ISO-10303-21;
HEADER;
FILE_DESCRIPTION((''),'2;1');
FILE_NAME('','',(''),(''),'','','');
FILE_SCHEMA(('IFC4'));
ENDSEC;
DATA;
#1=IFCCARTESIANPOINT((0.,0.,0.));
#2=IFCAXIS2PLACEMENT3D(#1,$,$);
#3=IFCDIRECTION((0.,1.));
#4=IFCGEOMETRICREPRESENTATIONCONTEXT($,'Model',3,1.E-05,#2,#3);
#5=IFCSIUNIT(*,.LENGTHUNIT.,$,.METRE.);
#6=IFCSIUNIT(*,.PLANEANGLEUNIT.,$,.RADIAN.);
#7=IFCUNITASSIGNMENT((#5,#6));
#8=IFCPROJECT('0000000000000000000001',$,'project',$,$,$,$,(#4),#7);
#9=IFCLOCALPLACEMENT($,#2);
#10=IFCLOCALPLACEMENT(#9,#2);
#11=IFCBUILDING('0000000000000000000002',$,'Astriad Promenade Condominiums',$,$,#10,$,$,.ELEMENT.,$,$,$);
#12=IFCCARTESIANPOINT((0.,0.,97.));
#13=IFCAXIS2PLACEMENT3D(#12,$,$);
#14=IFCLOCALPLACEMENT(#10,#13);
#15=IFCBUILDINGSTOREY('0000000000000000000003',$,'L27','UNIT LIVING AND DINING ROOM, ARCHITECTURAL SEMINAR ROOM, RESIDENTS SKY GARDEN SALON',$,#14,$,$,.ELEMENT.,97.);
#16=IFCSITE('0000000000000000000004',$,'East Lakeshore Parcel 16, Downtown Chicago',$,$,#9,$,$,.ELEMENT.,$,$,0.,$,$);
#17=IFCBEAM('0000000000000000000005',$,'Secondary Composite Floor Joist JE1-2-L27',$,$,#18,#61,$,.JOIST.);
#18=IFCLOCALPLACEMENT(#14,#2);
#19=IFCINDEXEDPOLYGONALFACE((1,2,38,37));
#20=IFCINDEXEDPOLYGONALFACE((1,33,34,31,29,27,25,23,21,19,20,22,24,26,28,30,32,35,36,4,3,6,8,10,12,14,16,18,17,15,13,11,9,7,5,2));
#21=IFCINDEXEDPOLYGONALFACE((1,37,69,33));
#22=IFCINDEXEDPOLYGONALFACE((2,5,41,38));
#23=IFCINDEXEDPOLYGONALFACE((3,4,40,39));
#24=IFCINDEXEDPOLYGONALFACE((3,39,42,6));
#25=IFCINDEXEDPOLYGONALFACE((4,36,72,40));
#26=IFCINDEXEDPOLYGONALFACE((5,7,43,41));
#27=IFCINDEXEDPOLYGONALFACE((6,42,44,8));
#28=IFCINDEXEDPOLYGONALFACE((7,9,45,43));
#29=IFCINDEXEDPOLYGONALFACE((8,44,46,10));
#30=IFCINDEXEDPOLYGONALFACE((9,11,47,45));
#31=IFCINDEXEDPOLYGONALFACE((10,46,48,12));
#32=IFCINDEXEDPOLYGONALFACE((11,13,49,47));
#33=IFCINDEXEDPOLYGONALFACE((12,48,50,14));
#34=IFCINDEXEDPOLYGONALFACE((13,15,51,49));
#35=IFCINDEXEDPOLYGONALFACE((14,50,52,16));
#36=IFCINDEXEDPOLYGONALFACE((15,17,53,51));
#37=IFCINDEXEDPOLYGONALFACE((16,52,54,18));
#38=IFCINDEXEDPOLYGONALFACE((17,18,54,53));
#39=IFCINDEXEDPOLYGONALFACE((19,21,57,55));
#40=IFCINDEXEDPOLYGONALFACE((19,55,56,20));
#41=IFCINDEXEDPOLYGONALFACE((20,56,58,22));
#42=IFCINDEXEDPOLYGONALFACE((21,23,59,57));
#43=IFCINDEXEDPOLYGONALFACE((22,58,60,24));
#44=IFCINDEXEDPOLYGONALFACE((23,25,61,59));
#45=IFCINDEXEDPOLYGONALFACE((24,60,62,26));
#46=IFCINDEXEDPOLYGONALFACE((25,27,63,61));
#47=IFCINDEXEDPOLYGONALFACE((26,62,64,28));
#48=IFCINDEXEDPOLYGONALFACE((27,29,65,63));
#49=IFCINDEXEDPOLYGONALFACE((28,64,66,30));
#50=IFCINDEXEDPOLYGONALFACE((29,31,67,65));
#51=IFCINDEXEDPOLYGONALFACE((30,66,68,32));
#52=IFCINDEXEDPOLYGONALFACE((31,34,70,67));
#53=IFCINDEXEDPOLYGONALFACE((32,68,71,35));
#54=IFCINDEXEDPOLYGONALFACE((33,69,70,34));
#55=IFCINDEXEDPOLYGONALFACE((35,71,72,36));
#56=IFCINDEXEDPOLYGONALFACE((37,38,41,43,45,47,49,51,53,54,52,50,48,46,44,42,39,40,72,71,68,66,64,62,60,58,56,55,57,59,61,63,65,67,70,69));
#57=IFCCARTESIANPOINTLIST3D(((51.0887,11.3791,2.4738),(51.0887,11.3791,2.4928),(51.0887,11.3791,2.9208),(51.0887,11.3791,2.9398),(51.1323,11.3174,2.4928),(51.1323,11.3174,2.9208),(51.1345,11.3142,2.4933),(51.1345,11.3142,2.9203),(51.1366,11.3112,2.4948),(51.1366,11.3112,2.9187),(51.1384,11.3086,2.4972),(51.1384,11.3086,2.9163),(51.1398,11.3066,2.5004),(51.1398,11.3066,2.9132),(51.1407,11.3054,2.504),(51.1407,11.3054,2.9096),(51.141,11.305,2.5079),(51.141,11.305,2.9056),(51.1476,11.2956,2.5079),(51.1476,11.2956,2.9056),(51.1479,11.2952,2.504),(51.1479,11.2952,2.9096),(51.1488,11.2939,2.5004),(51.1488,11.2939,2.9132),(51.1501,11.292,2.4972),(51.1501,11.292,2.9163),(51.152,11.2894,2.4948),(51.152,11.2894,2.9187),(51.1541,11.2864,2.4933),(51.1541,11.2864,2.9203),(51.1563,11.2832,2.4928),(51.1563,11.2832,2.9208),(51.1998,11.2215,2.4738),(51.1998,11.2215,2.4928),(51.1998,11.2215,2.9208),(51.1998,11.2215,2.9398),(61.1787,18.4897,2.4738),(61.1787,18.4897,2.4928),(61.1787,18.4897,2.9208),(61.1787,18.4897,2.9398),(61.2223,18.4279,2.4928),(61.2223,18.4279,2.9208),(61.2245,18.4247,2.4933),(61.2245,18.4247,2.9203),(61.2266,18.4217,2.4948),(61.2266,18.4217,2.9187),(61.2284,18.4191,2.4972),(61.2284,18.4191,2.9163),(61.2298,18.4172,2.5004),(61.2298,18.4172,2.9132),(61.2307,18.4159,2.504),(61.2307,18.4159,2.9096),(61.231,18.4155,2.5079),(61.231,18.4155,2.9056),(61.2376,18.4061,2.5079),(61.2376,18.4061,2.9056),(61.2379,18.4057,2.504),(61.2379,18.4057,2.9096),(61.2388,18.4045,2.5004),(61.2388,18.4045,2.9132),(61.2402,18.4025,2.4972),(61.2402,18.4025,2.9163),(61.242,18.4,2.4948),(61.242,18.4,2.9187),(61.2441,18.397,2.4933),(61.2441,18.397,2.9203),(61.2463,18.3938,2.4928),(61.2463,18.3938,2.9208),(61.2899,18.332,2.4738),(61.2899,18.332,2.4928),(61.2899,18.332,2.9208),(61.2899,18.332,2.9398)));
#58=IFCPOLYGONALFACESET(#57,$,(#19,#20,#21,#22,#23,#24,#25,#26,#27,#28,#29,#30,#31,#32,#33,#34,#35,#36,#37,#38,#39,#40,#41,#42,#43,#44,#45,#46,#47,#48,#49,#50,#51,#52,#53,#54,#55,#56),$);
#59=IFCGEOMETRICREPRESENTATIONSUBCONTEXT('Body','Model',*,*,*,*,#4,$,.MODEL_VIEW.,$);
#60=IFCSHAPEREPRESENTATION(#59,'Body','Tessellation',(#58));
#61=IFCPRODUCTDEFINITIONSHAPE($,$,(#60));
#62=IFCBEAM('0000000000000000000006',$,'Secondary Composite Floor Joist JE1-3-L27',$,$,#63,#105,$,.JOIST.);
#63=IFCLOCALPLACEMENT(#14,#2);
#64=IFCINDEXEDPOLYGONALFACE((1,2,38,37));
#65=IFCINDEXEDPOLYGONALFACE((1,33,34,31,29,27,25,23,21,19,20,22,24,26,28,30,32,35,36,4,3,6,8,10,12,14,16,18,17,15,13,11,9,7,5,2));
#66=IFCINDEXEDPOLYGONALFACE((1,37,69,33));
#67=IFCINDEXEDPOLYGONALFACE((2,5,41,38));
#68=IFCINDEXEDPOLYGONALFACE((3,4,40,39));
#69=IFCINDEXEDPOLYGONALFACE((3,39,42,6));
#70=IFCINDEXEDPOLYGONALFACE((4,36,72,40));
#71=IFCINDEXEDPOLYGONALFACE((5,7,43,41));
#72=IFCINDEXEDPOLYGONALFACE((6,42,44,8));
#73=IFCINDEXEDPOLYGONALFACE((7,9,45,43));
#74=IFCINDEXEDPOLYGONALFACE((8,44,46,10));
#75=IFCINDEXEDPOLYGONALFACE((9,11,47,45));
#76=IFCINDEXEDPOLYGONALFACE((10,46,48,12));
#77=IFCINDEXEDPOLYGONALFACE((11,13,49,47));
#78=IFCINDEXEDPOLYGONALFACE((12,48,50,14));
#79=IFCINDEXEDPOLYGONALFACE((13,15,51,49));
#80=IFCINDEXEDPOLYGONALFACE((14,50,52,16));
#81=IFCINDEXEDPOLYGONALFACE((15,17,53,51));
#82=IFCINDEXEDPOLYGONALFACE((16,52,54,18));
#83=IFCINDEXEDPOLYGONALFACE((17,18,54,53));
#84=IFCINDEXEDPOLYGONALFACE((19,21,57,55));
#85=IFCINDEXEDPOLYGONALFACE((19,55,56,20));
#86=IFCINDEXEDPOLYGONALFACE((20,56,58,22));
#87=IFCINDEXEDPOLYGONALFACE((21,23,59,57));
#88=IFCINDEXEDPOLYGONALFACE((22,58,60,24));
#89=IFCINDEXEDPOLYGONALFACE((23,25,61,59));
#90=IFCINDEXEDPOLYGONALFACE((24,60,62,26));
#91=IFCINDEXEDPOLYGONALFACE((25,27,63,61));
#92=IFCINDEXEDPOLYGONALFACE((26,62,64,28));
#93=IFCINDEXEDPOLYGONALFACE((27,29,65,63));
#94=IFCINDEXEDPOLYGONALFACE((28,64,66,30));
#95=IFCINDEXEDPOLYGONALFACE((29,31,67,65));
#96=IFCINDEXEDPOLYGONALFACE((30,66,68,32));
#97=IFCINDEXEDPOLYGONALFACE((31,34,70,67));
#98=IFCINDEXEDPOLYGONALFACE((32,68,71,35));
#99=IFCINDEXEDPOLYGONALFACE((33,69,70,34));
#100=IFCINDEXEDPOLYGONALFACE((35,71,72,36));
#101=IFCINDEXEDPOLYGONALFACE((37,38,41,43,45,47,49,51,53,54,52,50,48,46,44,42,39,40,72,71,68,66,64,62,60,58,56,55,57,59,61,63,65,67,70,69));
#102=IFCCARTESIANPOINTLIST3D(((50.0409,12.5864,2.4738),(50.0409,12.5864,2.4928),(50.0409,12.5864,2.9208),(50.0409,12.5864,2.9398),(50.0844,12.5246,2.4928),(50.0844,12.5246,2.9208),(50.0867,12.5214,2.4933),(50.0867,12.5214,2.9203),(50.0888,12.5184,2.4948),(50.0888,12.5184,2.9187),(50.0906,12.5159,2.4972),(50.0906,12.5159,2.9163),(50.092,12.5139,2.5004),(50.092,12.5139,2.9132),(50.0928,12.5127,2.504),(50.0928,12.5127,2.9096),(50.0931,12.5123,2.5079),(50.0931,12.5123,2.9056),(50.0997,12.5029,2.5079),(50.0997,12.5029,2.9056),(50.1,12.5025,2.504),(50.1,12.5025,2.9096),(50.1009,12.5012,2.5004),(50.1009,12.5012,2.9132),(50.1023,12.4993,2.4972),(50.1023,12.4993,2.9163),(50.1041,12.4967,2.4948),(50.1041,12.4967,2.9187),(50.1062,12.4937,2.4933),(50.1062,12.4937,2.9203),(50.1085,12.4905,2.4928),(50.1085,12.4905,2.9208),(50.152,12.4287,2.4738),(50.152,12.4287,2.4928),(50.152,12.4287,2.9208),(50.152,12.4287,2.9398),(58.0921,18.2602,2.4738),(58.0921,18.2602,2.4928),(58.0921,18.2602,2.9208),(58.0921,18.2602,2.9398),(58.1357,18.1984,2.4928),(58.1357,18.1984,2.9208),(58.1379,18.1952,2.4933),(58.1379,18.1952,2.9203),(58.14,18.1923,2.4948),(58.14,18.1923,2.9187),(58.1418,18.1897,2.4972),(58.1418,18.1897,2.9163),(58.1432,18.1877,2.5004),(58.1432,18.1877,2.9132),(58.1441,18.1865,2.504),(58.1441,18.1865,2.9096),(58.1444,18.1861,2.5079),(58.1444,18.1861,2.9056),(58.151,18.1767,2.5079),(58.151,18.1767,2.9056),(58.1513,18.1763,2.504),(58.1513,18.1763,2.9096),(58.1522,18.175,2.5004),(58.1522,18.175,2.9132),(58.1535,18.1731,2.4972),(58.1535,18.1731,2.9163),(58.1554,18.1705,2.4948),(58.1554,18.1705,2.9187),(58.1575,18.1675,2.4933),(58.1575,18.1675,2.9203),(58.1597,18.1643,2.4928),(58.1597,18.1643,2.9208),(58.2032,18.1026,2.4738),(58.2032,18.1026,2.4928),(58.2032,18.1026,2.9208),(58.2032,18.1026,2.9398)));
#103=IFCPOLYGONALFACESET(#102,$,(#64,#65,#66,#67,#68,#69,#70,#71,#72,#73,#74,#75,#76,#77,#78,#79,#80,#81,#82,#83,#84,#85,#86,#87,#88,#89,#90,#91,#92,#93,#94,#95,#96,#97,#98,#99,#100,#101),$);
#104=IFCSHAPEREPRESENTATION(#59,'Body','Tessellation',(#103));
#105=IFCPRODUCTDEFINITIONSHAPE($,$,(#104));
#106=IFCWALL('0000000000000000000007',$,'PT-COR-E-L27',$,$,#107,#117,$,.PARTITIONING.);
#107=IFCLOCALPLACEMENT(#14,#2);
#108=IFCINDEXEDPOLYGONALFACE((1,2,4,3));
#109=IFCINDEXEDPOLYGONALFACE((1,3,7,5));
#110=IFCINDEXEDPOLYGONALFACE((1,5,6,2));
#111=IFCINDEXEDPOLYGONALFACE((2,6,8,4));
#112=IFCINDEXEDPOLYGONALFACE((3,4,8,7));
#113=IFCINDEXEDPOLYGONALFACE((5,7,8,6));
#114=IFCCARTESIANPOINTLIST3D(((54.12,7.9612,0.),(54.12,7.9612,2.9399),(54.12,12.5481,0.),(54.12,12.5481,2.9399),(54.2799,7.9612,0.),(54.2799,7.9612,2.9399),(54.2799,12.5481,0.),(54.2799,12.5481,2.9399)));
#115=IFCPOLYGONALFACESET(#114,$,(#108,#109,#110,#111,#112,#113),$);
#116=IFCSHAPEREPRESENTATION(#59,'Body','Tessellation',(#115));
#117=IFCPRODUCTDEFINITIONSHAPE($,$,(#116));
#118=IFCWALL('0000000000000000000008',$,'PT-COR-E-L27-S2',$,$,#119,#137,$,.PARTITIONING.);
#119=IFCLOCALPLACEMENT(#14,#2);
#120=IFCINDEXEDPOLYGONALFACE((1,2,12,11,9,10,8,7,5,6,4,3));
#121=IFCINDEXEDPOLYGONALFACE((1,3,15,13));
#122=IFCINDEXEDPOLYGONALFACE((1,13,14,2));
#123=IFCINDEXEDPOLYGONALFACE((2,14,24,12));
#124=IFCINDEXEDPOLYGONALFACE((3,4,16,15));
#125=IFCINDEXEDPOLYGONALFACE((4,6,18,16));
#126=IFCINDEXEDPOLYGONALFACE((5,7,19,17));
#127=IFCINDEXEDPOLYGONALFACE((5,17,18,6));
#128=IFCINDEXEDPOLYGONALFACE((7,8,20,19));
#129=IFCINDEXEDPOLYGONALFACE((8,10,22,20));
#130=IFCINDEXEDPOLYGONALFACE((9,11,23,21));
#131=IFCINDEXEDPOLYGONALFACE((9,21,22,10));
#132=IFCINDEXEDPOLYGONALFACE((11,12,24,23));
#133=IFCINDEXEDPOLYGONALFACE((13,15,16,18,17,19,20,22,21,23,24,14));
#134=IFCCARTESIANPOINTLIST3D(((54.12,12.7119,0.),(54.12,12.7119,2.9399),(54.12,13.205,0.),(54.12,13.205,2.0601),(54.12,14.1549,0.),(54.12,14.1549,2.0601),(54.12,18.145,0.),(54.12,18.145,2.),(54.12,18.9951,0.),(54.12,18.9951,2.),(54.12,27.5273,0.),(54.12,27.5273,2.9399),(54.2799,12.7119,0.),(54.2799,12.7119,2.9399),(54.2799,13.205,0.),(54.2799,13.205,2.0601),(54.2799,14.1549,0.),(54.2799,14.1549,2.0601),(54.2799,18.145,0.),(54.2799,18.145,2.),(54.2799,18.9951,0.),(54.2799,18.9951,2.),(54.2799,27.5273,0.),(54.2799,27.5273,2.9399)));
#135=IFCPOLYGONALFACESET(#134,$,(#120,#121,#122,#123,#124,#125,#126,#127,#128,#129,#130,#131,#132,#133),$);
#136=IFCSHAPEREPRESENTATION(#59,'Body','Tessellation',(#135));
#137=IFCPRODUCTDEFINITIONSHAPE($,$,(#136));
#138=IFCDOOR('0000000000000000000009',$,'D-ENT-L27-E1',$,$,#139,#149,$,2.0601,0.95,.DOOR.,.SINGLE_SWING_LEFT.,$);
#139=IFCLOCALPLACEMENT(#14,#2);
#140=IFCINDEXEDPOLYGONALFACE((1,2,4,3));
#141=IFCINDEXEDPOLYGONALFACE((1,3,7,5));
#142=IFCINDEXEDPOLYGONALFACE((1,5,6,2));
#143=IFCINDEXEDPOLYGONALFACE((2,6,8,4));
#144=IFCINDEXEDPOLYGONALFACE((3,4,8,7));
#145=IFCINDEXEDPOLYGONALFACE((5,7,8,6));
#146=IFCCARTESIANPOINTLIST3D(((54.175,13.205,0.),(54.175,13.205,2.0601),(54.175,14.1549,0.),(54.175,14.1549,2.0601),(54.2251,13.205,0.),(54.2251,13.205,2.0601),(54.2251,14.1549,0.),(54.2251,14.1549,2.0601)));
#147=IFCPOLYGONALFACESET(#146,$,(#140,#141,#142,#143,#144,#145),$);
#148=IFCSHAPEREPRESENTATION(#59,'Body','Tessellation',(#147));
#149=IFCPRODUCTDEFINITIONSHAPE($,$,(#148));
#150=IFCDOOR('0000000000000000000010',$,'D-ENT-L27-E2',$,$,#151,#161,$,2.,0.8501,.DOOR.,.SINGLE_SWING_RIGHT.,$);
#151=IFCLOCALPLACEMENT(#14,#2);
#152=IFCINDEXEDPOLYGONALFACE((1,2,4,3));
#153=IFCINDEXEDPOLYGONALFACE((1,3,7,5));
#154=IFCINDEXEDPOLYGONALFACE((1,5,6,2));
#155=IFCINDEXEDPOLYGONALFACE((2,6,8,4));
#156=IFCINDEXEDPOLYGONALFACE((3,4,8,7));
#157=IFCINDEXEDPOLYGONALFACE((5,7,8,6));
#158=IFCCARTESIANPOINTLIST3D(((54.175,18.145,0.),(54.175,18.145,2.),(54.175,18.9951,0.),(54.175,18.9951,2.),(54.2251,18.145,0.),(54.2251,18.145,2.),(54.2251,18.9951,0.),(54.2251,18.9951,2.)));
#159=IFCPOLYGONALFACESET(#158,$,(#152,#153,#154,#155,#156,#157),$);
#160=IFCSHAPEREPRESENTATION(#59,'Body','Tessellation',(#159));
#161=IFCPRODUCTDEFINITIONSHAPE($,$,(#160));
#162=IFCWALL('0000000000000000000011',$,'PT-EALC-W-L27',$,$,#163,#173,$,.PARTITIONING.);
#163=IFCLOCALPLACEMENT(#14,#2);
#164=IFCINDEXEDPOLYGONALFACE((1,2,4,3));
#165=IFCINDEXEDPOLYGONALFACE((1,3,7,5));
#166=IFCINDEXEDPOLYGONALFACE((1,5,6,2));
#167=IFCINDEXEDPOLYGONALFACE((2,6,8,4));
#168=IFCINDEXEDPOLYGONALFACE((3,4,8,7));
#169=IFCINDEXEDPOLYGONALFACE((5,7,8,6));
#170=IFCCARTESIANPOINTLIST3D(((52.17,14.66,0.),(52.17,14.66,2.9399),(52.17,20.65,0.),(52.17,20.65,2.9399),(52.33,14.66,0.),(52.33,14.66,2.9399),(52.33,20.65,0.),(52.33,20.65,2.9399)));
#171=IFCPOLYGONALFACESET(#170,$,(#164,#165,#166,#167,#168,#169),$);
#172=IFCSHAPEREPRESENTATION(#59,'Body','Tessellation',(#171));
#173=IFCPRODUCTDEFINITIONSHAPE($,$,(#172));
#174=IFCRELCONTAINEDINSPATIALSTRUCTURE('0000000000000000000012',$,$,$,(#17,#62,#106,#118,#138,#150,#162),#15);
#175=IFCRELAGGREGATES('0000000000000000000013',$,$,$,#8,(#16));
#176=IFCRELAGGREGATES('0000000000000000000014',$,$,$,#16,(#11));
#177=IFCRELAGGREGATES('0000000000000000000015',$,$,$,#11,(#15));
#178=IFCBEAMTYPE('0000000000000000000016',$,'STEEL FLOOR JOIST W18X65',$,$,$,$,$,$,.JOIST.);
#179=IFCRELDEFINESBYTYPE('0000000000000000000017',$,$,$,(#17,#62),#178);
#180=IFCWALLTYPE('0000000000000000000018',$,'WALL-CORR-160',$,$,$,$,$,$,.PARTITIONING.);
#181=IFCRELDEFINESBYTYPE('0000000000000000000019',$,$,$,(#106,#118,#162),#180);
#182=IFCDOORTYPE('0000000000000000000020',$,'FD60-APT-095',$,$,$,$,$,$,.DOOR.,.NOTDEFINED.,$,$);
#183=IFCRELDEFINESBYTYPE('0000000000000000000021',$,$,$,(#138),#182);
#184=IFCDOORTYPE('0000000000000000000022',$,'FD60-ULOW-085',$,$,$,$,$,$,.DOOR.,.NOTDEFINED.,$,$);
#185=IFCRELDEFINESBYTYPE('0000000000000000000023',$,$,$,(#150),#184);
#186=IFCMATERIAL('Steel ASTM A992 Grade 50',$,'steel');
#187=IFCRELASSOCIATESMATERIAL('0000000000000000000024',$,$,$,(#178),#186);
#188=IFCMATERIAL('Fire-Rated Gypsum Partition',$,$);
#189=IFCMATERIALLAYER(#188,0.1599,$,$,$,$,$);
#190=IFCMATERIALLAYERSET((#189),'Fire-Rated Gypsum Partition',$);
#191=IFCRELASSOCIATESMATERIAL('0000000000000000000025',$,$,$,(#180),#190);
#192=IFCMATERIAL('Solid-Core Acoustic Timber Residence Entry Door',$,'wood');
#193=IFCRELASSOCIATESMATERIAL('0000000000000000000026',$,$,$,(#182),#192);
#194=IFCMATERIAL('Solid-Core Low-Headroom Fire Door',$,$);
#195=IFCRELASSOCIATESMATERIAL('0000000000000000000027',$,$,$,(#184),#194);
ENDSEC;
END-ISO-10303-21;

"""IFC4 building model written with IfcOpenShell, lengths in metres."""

from ifc_helpers import new_model, si_unit, direction, frame, frame_2d, origin, origin_2d, place, context, subcontext, project, spatial, rectangle, i_section, extrude, source, transform, mapped, material, layer, layer_set, material_profile, profile_set, type_object, type_shapes, element, fill, save


model = new_model("IFC4")

# Units and contexts
model_context = context("Model", 3, precision=1e-05, world=origin(), true_north=direction((0.0, 1.0)))
body_context = subcontext(model_context, "Body", "Model", "MODEL_VIEW")
ifc_project = project(units=[si_unit("LENGTHUNIT", "METRE"), si_unit("PLANEANGLEUNIT", "RADIAN")], contexts=[model_context])

# Site, building, storey
site_placement = place(None, origin())
site = spatial("IfcSite", under=ifc_project, at=site_placement, Name="East Lakeshore Parcel 16, Downtown Chicago", CompositionType="ELEMENT", RefElevation=0.0)
building_placement = place(site_placement, origin())
building = spatial("IfcBuilding", under=site, at=building_placement, Name="Astriad Promenade Condominiums", CompositionType="ELEMENT")
storey_placement = place(building_placement, frame((0.0, 0.0, 97.0)))
storey = spatial("IfcBuildingStorey", under=building, at=storey_placement, Name="L27", Description="UNIT LIVING AND DINING ROOM, ARCHITECTURAL SEMINAR ROOM, RESIDENTS SKY GARDEN SALON", CompositionType="ELEMENT", Elevation=97.0)

# Beams
ifc_material_1 = material(Name="Steel ASTM A992 Grade 50", Category="steel")
ifc_material_profile_1 = material_profile(ifc_material_1, i_section(OverallWidth=0.1929, OverallDepth=0.4661, WebThickness=0.0115, FlangeThickness=0.019, FilletRadius=0.0151, at=origin_2d()), Name="W18X65")
ifc_profile_set_1 = profile_set([ifc_material_profile_1], Name="Steel ASTM A992 Grade 50")
beam_type_1 = type_object("IfcBeamType", Name="STEEL FLOOR JOIST W18X65", PredefinedType="JOIST", material=ifc_profile_set_1)
shared_shape_1 = source(origin(), body_context, "Body", "SweptSolid", [
    extrude(i_section(OverallWidth=0.1929, OverallDepth=0.4661, WebThickness=0.0115, FlangeThickness=0.019, FilletRadius=0.0151, at=origin_2d()), origin(), (0.0, 0.0, 1.0), 12.3438),
])
beam_1_placement = place(storey_placement, frame((51.1443, 11.3003, 2.7068), z_axis=(0.817419, 0.576044, 0.0), x_axis=(-0.576044, 0.817419, 0.0)))
element("IfcBeam", 1, at=beam_1_placement, inside=storey, type_object=beam_type_1, Name="Secondary Composite Floor Joist JE1-2-L27", PredefinedType="JOIST", context=body_context, shape_type="MappedRepresentation", body=[
    mapped(shared_shape_1, transform((0.0, 0.0, 0.0), scale=1.0)),
])
shared_shape_2 = source(origin(), body_context, "Body", "SweptSolid", [
    extrude(i_section(OverallWidth=0.1929, OverallDepth=0.4661, WebThickness=0.0115, FlangeThickness=0.019, FilletRadius=0.0151, at=origin_2d()), origin(), (0.0, 0.0, 1.0), 9.8496),
])
beam_2_placement = place(storey_placement, frame((50.0964, 12.5076, 2.7068), z_axis=(0.817418, 0.576045, 0.0), x_axis=(-0.576045, 0.817418, 0.0)))
element("IfcBeam", 2, at=beam_2_placement, inside=storey, type_object=beam_type_1, Name="Secondary Composite Floor Joist JE1-3-L27", PredefinedType="JOIST", context=body_context, shape_type="MappedRepresentation", body=[
    mapped(shared_shape_2, transform((0.0, 0.0, 0.0), scale=1.0)),
])

# Wall
ifc_material_2 = material(Name="Fire-Rated Gypsum Partition")
ifc_layer_1 = layer(ifc_material_2, 0.1599)
ifc_layer_set_1 = layer_set([ifc_layer_1], Name="Fire-Rated Gypsum Partition")
wall_type_1 = type_object("IfcWallType", Name="WALL-CORR-160", PredefinedType="PARTITIONING", material=ifc_layer_set_1)
wall_1_placement = place(storey_placement, frame((54.2, 7.9612, 0.0), z_axis=(0.0, 0.0, 1.0), x_axis=(0.0, 1.0, 0.0)))
element("IfcWall", 3, at=wall_1_placement, inside=storey, type_object=wall_type_1, Name="PT-COR-E-L27", PredefinedType="PARTITIONING", context=body_context, shape_type="SweptSolid", body=[
    extrude(rectangle(XDim=4.5869, YDim=0.1599, at=frame_2d((2.2935, 0.0))), origin(), (0.0, 0.0, 1.0), 2.9399),
])

# Wall, openings, doors
wall_2_placement = place(storey_placement, frame((54.2, 12.7119, 0.0), z_axis=(0.0, 0.0, 1.0), x_axis=(0.0, 1.0, 0.0)))
wall_2 = element("IfcWall", 4, at=wall_2_placement, inside=storey, type_object=wall_type_1, Name="PT-COR-E-L27-S2", PredefinedType="PARTITIONING", context=body_context, shape_type="SweptSolid", body=[
    extrude(rectangle(XDim=14.8154, YDim=0.1599, at=frame_2d((7.4077, 0.0))), origin(), (0.0, 0.0, 1.0), 2.9399),
])
opening_1_placement = place(wall_2_placement, frame((0.4929, 0.0, 0.0)))
opening_1 = element("IfcOpeningElement", 5, at=opening_1_placement, cuts=wall_2, PredefinedType="OPENING", context=body_context, shape_type="SweptSolid", body=[
    extrude(rectangle(XDim=0.95, YDim=2.0601, at=frame_2d((0.4751, 1.03))), frame((0.0, 0.0898, 0.0), z_axis=(0.0, -1.0, 0.0), x_axis=(1.0, 0.0, 0.0)), (0.0, 0.0, 1.0), 0.1799),
])
opening_2_placement = place(wall_2_placement, frame((5.4331, 0.0, 0.0)))
opening_2 = element("IfcOpeningElement", 6, at=opening_2_placement, cuts=wall_2, PredefinedType="OPENING", context=body_context, shape_type="SweptSolid", body=[
    extrude(rectangle(XDim=0.8501, YDim=2.0, at=frame_2d((0.425, 1.0))), frame((0.0, 0.0898, 0.0), z_axis=(0.0, -1.0, 0.0), x_axis=(1.0, 0.0, 0.0)), (0.0, 0.0, 1.0), 0.1799),
])
ifc_material_3 = material(Name="Solid-Core Acoustic Timber Residence Entry Door", Category="wood")
door_type_1 = type_object("IfcDoorType", Name="FD60-APT-095", OperationType="NOTDEFINED", PredefinedType="DOOR", material=ifc_material_3)
shared_shape_3 = source(origin(), body_context, "Body", "SweptSolid", [
    extrude(rectangle(XDim=0.95, YDim=2.0601, at=frame_2d((0.4751, 1.03))), frame((0.0, 0.0249, 0.0), z_axis=(0.0, -1.0, 0.0), x_axis=(1.0, 0.0, 0.0)), (0.0, 0.0, 1.0), 0.05),
])
type_shapes(door_type_1, [shared_shape_3])
door_1_placement = place(opening_1_placement, origin())
door_1 = element("IfcDoor", 7, at=door_1_placement, inside=storey, type_object=door_type_1, Name="D-ENT-L27-E1", OperationType="SINGLE_SWING_LEFT", OverallHeight=2.0601, OverallWidth=0.95, PredefinedType="DOOR", context=body_context, shape_type="MappedRepresentation", body=[
    mapped(shared_shape_3, transform((0.0, 0.0, 0.0), scale=1.0)),
])
fill(opening_1, door_1)
ifc_material_4 = material(Name="Solid-Core Low-Headroom Fire Door")
door_type_2 = type_object("IfcDoorType", Name="FD60-ULOW-085", OperationType="NOTDEFINED", PredefinedType="DOOR", material=ifc_material_4)
shared_shape_4 = source(origin(), body_context, "Body", "SweptSolid", [
    extrude(rectangle(XDim=0.8501, YDim=2.0, at=frame_2d((0.425, 1.0))), frame((0.0, 0.0249, 0.0), z_axis=(0.0, -1.0, 0.0), x_axis=(1.0, 0.0, 0.0)), (0.0, 0.0, 1.0), 0.05),
])
type_shapes(door_type_2, [shared_shape_4])
door_2_placement = place(opening_2_placement, origin())
door_2 = element("IfcDoor", 8, at=door_2_placement, inside=storey, type_object=door_type_2, Name="D-ENT-L27-E2", OperationType="SINGLE_SWING_RIGHT", OverallHeight=2.0, OverallWidth=0.8501, PredefinedType="DOOR", context=body_context, shape_type="MappedRepresentation", body=[
    mapped(shared_shape_4, transform((0.0, 0.0, 0.0), scale=1.0)),
])
fill(opening_2, door_2)

# Wall
wall_3_placement = place(storey_placement, frame((52.25, 14.6599, 0.0), z_axis=(0.0, 0.0, 1.0), x_axis=(0.0, 1.0, 0.0)))
element("IfcWall", 9, at=wall_3_placement, inside=storey, type_object=wall_type_1, Name="PT-EALC-W-L27", PredefinedType="PARTITIONING", context=body_context, shape_type="SweptSolid", body=[
    extrude(rectangle(XDim=5.99, YDim=0.1599, at=frame_2d((2.9951, 0.0))), origin(), (0.0, 0.0, 1.0), 2.9399),
])

save(model, "model.ifc")
